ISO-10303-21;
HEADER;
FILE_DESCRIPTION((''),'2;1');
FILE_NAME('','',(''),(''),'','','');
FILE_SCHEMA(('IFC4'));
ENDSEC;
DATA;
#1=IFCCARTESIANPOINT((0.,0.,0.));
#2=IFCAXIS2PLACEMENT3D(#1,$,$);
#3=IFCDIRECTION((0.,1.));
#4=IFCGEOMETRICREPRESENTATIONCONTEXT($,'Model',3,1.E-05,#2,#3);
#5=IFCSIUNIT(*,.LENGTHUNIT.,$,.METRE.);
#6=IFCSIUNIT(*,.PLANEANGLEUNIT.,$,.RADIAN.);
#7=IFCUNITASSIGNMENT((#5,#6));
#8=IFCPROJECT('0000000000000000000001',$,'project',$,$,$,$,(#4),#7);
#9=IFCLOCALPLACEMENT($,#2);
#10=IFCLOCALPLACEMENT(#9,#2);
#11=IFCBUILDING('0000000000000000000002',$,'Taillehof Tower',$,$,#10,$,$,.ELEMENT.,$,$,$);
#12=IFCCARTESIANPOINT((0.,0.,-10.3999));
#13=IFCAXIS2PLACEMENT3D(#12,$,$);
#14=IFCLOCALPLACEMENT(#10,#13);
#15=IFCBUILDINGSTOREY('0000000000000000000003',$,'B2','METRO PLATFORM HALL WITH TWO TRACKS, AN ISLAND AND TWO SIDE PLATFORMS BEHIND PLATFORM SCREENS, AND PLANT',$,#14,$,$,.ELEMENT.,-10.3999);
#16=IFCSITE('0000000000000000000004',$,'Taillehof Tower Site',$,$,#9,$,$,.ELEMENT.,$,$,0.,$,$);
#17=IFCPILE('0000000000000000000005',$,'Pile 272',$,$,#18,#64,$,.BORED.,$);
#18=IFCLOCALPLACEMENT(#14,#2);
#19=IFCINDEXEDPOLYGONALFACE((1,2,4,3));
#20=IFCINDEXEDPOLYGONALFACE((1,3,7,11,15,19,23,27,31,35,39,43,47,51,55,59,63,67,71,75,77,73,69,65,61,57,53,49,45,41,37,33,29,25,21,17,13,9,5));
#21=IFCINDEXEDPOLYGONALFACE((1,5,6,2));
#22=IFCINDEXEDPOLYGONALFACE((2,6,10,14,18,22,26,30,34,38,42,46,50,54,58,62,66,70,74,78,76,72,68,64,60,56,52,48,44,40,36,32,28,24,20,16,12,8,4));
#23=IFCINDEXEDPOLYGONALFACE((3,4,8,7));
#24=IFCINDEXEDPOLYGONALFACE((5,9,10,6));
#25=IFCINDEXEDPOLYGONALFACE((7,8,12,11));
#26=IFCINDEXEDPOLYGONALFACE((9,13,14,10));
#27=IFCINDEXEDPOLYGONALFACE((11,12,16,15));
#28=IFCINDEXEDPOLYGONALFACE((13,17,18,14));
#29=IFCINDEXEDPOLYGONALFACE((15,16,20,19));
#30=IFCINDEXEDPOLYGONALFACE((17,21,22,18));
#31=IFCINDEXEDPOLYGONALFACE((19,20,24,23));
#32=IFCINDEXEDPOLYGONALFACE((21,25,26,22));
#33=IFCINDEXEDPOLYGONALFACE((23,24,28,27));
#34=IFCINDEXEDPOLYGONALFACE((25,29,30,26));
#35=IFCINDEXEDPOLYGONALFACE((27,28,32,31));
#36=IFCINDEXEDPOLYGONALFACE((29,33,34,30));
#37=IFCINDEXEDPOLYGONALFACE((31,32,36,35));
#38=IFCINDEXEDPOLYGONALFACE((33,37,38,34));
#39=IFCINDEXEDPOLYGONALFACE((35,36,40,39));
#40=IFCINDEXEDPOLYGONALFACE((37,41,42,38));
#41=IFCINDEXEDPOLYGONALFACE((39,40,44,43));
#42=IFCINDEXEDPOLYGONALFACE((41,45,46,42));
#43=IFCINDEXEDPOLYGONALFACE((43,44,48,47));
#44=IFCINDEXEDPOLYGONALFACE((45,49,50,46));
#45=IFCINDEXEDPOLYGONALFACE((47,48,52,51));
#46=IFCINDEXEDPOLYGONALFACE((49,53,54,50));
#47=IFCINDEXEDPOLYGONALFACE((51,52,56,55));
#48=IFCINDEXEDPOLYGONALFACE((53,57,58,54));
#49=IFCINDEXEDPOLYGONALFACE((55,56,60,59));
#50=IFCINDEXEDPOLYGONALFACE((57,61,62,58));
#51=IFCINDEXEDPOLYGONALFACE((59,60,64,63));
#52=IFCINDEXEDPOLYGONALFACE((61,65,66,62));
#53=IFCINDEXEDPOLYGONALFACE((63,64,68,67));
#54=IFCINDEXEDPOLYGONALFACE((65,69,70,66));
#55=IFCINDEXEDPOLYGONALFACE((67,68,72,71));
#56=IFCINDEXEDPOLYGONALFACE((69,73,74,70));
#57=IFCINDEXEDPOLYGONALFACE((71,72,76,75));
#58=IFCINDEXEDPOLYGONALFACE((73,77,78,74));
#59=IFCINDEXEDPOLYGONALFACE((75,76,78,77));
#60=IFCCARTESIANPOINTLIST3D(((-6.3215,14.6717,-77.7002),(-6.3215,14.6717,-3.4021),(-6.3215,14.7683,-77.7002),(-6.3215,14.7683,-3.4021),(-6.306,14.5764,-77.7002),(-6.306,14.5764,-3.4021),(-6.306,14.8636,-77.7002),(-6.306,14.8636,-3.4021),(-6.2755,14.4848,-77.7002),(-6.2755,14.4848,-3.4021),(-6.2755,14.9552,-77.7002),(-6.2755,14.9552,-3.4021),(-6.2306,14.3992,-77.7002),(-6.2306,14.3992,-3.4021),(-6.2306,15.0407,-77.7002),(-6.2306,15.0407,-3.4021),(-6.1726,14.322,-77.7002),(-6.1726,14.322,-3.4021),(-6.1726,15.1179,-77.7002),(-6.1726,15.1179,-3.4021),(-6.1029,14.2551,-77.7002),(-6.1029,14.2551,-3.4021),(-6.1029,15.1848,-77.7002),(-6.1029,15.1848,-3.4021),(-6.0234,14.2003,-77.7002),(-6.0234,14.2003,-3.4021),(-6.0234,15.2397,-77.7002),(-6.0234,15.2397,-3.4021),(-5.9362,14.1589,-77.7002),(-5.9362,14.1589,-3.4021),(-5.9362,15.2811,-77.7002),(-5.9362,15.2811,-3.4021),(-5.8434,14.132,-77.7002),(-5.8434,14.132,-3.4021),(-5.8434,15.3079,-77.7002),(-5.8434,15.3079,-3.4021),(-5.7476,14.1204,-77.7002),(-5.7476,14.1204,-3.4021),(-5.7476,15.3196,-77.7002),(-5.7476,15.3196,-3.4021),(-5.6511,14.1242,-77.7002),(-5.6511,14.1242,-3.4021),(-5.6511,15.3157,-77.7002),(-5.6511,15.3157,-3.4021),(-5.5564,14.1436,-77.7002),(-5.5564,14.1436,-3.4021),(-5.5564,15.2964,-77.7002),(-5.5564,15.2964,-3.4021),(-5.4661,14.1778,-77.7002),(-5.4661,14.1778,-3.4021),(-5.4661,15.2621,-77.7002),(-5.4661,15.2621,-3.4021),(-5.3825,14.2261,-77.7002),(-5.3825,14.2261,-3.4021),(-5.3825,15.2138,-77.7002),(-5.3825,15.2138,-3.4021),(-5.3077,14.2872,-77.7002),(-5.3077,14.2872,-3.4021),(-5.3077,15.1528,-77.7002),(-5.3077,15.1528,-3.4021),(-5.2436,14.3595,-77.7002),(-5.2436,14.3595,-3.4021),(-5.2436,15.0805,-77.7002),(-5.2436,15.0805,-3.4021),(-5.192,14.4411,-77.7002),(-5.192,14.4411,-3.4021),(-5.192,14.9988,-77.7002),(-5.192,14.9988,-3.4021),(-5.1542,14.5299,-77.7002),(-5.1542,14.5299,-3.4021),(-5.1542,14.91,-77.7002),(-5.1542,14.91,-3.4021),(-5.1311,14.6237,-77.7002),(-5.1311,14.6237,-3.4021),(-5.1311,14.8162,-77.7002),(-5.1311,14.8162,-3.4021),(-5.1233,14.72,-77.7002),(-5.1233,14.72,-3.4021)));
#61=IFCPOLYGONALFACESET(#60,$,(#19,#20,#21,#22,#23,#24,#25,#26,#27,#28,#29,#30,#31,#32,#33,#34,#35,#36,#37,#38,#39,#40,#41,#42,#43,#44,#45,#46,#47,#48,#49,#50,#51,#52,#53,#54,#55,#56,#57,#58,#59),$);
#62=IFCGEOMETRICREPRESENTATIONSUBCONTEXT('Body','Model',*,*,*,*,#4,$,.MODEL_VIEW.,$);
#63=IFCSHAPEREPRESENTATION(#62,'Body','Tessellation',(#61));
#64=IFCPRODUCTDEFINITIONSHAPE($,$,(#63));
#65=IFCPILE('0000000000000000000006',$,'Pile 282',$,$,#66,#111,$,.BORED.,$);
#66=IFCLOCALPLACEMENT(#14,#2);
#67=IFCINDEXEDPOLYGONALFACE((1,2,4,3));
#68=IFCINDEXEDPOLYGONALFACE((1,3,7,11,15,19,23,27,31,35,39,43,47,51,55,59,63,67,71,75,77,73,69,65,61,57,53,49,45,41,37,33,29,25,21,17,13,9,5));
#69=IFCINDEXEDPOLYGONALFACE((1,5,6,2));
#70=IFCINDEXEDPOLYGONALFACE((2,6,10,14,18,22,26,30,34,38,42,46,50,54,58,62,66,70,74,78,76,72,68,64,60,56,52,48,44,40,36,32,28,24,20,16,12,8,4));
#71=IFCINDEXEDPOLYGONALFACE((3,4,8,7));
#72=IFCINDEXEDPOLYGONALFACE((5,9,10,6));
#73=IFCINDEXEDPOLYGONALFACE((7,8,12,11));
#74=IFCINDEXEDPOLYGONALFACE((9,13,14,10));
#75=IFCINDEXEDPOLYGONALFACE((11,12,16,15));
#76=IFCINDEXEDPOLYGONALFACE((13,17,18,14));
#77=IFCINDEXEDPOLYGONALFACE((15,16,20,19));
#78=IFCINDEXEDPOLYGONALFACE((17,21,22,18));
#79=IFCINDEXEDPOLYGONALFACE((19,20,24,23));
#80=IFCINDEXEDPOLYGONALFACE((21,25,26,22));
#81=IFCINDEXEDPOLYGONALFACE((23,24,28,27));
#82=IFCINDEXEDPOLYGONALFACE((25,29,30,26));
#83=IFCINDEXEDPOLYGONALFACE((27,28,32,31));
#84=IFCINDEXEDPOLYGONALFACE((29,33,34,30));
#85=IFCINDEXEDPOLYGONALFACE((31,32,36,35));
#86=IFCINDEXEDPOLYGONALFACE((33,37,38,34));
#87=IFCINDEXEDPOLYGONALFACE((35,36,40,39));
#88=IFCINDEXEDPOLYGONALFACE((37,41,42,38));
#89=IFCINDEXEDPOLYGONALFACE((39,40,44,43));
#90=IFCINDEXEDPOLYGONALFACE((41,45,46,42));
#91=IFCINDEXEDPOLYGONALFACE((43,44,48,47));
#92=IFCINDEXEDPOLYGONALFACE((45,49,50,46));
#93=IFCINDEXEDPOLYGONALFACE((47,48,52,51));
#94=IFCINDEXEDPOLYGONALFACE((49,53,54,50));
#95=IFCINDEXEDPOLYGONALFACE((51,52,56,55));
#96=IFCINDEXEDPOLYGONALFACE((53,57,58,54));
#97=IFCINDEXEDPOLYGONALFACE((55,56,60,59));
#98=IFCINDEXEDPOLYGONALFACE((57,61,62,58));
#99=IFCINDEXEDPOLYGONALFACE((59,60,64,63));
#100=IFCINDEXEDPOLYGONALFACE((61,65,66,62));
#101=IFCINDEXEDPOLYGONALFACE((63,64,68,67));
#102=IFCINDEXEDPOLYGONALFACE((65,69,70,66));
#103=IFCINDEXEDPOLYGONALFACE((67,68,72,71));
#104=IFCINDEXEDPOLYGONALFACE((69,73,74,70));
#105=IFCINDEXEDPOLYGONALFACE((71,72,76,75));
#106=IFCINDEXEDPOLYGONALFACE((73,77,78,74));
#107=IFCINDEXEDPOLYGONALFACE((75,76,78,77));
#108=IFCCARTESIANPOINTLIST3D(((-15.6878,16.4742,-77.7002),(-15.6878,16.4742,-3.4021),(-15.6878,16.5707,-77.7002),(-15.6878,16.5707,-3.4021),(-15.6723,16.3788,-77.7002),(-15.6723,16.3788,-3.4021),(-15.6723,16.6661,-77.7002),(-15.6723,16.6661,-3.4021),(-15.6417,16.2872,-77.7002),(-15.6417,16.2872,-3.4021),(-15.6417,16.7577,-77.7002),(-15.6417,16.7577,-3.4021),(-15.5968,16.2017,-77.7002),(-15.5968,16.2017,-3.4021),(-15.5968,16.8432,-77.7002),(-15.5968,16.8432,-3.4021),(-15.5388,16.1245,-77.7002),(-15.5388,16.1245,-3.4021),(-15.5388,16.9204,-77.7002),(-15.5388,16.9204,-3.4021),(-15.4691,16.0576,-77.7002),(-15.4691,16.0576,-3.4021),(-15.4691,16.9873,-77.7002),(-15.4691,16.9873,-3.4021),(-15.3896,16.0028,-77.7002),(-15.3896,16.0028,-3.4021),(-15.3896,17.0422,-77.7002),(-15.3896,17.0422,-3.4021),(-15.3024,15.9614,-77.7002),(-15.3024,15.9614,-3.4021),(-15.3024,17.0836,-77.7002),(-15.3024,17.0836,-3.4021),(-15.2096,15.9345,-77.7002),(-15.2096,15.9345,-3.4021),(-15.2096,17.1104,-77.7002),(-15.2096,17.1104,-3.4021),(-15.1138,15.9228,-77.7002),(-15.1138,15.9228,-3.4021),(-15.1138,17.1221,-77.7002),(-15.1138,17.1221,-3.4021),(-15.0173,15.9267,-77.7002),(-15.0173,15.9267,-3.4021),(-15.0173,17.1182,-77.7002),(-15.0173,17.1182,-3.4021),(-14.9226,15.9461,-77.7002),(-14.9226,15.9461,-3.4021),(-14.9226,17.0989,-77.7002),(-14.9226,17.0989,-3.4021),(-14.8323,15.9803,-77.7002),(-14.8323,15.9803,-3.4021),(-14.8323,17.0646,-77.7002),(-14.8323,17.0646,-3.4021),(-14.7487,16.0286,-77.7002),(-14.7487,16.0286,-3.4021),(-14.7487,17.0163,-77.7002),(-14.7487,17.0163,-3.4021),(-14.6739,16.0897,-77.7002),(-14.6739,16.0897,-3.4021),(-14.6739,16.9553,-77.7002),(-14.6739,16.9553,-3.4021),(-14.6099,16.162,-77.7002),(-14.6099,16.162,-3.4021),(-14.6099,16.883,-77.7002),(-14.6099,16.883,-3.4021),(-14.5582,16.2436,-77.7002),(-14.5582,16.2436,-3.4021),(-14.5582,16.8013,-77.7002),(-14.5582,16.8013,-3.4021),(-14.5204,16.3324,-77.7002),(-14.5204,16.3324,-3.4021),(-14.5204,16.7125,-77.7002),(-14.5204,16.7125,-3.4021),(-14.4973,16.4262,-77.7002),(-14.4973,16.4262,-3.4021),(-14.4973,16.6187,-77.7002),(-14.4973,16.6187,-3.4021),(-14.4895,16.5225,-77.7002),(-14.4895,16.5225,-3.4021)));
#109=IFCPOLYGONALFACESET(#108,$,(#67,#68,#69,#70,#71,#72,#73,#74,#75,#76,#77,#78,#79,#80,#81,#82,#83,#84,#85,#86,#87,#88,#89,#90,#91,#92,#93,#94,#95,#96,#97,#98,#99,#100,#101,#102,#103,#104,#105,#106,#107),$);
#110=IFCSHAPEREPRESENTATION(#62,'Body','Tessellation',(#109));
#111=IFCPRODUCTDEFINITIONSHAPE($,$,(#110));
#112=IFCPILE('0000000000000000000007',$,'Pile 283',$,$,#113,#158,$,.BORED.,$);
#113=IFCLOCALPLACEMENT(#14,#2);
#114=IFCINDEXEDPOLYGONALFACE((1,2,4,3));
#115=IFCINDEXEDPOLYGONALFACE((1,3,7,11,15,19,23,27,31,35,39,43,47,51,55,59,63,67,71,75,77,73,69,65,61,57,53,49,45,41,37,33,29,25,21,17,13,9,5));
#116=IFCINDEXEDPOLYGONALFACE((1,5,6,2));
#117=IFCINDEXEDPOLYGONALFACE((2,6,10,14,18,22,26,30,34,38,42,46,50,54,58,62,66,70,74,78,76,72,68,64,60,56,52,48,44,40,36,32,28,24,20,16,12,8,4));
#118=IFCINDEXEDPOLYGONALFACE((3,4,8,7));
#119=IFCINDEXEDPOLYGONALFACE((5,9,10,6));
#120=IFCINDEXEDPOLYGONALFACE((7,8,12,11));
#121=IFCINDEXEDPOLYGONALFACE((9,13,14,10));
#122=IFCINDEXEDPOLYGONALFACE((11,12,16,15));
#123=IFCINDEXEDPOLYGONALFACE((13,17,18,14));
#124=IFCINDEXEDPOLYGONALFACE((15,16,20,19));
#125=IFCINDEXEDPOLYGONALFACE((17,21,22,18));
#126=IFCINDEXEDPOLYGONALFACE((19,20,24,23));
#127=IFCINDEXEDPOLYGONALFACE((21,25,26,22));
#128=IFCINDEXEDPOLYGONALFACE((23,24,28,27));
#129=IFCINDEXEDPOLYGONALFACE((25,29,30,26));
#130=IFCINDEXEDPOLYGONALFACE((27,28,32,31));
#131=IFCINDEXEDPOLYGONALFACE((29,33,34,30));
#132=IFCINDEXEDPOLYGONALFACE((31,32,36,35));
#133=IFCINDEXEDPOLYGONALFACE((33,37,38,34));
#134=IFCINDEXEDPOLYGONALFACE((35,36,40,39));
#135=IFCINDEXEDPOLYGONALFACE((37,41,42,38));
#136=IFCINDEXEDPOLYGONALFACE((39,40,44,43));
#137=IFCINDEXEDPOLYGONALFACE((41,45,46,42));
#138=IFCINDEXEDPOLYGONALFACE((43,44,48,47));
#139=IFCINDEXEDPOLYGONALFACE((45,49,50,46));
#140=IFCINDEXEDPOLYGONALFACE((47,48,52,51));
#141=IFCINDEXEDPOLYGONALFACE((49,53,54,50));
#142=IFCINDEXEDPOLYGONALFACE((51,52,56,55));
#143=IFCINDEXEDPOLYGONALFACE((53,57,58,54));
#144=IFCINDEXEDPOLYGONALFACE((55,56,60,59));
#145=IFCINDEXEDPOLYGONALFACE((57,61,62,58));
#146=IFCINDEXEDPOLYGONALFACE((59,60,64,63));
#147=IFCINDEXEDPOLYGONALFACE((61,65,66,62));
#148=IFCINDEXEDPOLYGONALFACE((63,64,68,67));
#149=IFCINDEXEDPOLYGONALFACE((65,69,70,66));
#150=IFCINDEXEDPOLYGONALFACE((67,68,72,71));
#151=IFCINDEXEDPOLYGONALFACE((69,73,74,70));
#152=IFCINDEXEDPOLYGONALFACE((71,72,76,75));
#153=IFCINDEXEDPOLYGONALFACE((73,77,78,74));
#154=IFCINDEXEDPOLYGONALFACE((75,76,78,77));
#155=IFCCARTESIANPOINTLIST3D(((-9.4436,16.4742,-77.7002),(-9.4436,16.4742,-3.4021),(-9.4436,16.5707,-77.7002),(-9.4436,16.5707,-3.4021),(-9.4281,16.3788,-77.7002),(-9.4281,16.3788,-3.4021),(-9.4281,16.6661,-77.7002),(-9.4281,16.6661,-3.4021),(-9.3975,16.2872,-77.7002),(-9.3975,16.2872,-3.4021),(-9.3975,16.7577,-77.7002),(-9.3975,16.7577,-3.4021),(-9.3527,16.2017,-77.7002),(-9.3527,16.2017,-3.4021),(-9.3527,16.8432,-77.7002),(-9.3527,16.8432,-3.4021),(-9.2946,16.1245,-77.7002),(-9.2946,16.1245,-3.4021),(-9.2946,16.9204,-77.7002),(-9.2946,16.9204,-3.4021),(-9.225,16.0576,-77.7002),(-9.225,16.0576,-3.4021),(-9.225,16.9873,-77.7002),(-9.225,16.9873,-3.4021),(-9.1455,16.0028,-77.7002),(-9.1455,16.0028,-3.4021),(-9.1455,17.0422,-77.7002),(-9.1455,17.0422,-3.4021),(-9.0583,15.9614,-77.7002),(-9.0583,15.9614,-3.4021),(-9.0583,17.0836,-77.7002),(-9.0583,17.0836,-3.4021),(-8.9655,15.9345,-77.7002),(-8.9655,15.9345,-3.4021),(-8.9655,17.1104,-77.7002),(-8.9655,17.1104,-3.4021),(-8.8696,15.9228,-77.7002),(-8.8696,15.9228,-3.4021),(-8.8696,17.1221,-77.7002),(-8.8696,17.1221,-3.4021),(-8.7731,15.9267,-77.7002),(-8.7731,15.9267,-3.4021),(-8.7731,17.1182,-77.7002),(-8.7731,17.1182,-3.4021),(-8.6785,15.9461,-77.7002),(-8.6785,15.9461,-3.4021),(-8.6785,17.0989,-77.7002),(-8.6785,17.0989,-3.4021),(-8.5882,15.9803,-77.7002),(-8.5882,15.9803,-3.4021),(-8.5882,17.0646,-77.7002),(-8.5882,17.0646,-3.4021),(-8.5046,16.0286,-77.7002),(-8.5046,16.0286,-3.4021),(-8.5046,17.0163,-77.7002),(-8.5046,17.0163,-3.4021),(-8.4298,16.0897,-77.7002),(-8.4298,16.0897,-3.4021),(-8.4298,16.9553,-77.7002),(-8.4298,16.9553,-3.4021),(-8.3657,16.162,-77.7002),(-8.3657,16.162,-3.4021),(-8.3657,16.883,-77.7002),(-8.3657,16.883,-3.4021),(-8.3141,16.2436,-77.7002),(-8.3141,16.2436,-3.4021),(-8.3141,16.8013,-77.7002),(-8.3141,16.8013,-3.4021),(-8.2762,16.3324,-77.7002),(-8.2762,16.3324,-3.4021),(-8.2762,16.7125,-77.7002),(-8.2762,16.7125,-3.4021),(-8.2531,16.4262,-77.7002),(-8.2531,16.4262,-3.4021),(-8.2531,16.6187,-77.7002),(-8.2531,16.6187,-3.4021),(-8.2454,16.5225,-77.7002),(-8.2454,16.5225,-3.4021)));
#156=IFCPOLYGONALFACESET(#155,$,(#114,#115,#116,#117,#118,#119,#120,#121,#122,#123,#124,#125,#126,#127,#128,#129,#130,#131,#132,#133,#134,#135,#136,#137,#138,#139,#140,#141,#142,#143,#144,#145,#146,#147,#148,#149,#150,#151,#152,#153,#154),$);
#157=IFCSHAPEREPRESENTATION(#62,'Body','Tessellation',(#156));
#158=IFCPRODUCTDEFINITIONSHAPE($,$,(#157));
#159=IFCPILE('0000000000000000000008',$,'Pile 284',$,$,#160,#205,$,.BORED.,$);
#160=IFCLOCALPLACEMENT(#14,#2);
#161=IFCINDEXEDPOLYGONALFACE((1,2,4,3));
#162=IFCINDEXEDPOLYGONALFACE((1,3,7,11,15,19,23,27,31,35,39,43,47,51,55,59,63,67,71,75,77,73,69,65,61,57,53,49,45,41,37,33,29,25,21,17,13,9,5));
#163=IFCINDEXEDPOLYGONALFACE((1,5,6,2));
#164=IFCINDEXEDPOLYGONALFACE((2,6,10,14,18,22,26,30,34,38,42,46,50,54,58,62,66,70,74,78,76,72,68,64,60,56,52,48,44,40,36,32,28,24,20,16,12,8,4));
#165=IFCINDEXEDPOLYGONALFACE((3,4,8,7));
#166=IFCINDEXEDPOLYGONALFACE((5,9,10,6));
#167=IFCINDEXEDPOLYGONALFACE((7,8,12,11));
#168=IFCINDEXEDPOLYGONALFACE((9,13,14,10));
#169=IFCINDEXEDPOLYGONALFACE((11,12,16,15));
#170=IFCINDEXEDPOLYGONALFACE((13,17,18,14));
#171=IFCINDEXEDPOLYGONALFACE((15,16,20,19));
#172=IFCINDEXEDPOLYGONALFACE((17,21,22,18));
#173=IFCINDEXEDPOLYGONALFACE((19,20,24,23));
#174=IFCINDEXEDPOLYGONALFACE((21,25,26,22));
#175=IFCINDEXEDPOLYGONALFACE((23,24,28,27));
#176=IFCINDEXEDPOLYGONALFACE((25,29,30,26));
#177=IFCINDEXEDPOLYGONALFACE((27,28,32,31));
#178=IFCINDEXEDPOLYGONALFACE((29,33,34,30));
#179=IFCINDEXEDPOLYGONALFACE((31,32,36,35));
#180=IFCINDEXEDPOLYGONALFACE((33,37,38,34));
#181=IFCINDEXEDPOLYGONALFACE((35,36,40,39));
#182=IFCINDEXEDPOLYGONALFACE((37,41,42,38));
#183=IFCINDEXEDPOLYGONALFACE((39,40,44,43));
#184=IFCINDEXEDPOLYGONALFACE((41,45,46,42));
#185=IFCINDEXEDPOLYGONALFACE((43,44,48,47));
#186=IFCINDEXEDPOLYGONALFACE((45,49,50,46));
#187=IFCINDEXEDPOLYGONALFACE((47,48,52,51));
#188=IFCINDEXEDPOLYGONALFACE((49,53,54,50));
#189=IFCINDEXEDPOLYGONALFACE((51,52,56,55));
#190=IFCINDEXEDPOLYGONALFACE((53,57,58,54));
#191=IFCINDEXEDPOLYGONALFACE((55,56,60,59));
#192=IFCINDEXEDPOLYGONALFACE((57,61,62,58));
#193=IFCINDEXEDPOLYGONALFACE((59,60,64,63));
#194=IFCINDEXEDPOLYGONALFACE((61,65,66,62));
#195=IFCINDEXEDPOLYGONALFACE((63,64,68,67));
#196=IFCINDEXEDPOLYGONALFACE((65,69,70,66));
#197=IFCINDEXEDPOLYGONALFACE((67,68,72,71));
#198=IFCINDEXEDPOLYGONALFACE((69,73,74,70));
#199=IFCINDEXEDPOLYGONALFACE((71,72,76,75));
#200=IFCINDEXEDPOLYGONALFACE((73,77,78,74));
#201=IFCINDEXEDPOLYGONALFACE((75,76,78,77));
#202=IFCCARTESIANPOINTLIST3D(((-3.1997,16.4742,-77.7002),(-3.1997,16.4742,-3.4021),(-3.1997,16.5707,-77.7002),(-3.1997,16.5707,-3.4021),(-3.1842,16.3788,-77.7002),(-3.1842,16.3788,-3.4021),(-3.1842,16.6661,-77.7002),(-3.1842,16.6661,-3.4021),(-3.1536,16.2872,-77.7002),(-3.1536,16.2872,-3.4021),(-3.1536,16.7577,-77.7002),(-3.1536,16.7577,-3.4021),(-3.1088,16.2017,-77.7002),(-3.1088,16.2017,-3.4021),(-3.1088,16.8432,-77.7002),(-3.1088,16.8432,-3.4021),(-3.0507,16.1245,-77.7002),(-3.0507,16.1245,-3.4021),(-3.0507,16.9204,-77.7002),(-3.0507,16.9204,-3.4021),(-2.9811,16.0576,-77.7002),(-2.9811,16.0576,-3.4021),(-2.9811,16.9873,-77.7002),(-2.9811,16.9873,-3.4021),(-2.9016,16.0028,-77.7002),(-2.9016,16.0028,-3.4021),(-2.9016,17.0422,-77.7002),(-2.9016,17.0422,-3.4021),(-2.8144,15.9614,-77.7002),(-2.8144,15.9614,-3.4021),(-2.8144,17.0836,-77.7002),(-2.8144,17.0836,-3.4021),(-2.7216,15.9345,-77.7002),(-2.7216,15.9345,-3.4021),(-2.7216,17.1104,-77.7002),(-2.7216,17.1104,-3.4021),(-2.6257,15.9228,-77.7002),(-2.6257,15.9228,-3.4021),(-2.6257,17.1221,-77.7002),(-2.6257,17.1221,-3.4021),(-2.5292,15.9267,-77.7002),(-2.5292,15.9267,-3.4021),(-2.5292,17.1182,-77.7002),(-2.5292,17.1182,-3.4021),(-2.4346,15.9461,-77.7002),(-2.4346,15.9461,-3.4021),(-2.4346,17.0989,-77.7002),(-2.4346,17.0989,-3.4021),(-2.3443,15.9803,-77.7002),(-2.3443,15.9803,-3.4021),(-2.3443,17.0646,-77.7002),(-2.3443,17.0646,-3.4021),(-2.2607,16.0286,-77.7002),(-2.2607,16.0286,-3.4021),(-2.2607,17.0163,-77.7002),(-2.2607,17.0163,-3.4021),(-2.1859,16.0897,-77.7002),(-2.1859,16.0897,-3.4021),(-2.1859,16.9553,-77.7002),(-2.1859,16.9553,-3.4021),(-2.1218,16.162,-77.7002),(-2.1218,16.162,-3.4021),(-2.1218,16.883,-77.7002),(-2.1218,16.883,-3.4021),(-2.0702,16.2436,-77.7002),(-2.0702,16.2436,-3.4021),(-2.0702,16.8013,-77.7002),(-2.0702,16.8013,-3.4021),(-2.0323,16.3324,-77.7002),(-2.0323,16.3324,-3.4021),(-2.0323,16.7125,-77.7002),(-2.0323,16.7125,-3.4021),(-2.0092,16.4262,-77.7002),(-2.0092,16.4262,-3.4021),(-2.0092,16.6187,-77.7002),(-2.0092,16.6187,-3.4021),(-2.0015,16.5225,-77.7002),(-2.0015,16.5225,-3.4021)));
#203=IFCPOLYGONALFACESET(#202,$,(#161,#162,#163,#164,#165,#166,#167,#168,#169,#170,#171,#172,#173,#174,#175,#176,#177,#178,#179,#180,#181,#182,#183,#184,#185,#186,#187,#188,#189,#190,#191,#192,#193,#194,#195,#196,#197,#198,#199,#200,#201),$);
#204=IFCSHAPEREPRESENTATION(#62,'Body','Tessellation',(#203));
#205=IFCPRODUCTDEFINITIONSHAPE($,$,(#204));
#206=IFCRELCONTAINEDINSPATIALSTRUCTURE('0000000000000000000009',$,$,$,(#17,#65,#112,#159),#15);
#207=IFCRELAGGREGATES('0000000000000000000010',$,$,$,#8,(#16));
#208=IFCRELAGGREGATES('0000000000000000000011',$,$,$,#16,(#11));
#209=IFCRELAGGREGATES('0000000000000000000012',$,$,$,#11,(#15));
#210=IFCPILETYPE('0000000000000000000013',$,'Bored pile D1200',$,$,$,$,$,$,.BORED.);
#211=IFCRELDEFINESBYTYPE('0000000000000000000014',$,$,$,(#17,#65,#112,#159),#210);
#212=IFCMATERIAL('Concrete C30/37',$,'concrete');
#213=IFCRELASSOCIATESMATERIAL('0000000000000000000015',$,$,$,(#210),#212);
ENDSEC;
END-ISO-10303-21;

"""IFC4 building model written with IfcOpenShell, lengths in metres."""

from ifc_helpers import new_model, si_unit, direction, frame, origin, origin_2d, place, context, subcontext, project, spatial, circle, extrude, material, material_profile, profile_set, type_object, element, save


model = new_model("IFC4")

# Units and contexts
model_context = context("Model", 3, precision=1e-05, world=origin(), true_north=direction((0.0, 1.0)))
body_context = subcontext(model_context, "Body", "Model", "MODEL_VIEW")
ifc_project = project(units=[si_unit("LENGTHUNIT", "METRE"), si_unit("PLANEANGLEUNIT", "RADIAN")], contexts=[model_context])

# Site, building, storey
site_placement = place(None, origin())
site = spatial("IfcSite", under=ifc_project, at=site_placement, Name="Taillehof Tower Site", CompositionType="ELEMENT", RefElevation=0.0)
building_placement = place(site_placement, origin())
building = spatial("IfcBuilding", under=site, at=building_placement, Name="Taillehof Tower", CompositionType="ELEMENT")
storey_placement = place(building_placement, frame((0.0, 0.0, -10.3999)))
storey = spatial("IfcBuildingStorey", under=building, at=storey_placement, Name="B2", Description="METRO PLATFORM HALL WITH TWO TRACKS, AN ISLAND AND TWO SIDE PLATFORMS BEHIND PLATFORM SCREENS, AND PLANT", CompositionType="ELEMENT", Elevation=-10.3999)

# Piles
ifc_material_1 = material(Name="Concrete C30/37", Category="concrete")
ifc_material_profile_1 = material_profile(ifc_material_1, circle(Radius=0.6001, at=origin_2d()), Name="BP D1200")
ifc_profile_set_1 = profile_set([ifc_material_profile_1], Name="Concrete C30/37")
pile_type = type_object("IfcPileType", Name="Bored pile D1200", PredefinedType="BORED", material=ifc_profile_set_1)
for number, where, z_axis, x_axis, name in (
    (1, (-5.7234, 14.72, -3.4021), (0.0, 0.0, -1.0), (1.0, 0.0, 0.0), "Pile 272"),
    (2, (-15.0896, 16.5225, -3.4021), (0.0, 0.0, -1.0), (1.0, 0.0, 0.0), "Pile 282"),
    (3, (-8.8455, 16.5225, -3.4021), (0.0, 0.0, -1.0), (1.0, 0.0, 0.0), "Pile 283"),
    (4, (-2.6016, 16.5225, -3.4021), (0.0, 0.0, -1.0), (1.0, 0.0, 0.0), "Pile 284"),
):
    element("IfcPile", number, at=place(storey_placement, frame(where, z_axis=z_axis, x_axis=x_axis)), inside=storey, type_object=pile_type, Name=name, PredefinedType="BORED", context=body_context, shape_type="SweptSolid", body=[
        extrude(circle(Radius=0.6001, at=origin_2d()), origin(), (0.0, 0.0, 1.0), 74.2981),
    ])

save(model, "model.ifc")
